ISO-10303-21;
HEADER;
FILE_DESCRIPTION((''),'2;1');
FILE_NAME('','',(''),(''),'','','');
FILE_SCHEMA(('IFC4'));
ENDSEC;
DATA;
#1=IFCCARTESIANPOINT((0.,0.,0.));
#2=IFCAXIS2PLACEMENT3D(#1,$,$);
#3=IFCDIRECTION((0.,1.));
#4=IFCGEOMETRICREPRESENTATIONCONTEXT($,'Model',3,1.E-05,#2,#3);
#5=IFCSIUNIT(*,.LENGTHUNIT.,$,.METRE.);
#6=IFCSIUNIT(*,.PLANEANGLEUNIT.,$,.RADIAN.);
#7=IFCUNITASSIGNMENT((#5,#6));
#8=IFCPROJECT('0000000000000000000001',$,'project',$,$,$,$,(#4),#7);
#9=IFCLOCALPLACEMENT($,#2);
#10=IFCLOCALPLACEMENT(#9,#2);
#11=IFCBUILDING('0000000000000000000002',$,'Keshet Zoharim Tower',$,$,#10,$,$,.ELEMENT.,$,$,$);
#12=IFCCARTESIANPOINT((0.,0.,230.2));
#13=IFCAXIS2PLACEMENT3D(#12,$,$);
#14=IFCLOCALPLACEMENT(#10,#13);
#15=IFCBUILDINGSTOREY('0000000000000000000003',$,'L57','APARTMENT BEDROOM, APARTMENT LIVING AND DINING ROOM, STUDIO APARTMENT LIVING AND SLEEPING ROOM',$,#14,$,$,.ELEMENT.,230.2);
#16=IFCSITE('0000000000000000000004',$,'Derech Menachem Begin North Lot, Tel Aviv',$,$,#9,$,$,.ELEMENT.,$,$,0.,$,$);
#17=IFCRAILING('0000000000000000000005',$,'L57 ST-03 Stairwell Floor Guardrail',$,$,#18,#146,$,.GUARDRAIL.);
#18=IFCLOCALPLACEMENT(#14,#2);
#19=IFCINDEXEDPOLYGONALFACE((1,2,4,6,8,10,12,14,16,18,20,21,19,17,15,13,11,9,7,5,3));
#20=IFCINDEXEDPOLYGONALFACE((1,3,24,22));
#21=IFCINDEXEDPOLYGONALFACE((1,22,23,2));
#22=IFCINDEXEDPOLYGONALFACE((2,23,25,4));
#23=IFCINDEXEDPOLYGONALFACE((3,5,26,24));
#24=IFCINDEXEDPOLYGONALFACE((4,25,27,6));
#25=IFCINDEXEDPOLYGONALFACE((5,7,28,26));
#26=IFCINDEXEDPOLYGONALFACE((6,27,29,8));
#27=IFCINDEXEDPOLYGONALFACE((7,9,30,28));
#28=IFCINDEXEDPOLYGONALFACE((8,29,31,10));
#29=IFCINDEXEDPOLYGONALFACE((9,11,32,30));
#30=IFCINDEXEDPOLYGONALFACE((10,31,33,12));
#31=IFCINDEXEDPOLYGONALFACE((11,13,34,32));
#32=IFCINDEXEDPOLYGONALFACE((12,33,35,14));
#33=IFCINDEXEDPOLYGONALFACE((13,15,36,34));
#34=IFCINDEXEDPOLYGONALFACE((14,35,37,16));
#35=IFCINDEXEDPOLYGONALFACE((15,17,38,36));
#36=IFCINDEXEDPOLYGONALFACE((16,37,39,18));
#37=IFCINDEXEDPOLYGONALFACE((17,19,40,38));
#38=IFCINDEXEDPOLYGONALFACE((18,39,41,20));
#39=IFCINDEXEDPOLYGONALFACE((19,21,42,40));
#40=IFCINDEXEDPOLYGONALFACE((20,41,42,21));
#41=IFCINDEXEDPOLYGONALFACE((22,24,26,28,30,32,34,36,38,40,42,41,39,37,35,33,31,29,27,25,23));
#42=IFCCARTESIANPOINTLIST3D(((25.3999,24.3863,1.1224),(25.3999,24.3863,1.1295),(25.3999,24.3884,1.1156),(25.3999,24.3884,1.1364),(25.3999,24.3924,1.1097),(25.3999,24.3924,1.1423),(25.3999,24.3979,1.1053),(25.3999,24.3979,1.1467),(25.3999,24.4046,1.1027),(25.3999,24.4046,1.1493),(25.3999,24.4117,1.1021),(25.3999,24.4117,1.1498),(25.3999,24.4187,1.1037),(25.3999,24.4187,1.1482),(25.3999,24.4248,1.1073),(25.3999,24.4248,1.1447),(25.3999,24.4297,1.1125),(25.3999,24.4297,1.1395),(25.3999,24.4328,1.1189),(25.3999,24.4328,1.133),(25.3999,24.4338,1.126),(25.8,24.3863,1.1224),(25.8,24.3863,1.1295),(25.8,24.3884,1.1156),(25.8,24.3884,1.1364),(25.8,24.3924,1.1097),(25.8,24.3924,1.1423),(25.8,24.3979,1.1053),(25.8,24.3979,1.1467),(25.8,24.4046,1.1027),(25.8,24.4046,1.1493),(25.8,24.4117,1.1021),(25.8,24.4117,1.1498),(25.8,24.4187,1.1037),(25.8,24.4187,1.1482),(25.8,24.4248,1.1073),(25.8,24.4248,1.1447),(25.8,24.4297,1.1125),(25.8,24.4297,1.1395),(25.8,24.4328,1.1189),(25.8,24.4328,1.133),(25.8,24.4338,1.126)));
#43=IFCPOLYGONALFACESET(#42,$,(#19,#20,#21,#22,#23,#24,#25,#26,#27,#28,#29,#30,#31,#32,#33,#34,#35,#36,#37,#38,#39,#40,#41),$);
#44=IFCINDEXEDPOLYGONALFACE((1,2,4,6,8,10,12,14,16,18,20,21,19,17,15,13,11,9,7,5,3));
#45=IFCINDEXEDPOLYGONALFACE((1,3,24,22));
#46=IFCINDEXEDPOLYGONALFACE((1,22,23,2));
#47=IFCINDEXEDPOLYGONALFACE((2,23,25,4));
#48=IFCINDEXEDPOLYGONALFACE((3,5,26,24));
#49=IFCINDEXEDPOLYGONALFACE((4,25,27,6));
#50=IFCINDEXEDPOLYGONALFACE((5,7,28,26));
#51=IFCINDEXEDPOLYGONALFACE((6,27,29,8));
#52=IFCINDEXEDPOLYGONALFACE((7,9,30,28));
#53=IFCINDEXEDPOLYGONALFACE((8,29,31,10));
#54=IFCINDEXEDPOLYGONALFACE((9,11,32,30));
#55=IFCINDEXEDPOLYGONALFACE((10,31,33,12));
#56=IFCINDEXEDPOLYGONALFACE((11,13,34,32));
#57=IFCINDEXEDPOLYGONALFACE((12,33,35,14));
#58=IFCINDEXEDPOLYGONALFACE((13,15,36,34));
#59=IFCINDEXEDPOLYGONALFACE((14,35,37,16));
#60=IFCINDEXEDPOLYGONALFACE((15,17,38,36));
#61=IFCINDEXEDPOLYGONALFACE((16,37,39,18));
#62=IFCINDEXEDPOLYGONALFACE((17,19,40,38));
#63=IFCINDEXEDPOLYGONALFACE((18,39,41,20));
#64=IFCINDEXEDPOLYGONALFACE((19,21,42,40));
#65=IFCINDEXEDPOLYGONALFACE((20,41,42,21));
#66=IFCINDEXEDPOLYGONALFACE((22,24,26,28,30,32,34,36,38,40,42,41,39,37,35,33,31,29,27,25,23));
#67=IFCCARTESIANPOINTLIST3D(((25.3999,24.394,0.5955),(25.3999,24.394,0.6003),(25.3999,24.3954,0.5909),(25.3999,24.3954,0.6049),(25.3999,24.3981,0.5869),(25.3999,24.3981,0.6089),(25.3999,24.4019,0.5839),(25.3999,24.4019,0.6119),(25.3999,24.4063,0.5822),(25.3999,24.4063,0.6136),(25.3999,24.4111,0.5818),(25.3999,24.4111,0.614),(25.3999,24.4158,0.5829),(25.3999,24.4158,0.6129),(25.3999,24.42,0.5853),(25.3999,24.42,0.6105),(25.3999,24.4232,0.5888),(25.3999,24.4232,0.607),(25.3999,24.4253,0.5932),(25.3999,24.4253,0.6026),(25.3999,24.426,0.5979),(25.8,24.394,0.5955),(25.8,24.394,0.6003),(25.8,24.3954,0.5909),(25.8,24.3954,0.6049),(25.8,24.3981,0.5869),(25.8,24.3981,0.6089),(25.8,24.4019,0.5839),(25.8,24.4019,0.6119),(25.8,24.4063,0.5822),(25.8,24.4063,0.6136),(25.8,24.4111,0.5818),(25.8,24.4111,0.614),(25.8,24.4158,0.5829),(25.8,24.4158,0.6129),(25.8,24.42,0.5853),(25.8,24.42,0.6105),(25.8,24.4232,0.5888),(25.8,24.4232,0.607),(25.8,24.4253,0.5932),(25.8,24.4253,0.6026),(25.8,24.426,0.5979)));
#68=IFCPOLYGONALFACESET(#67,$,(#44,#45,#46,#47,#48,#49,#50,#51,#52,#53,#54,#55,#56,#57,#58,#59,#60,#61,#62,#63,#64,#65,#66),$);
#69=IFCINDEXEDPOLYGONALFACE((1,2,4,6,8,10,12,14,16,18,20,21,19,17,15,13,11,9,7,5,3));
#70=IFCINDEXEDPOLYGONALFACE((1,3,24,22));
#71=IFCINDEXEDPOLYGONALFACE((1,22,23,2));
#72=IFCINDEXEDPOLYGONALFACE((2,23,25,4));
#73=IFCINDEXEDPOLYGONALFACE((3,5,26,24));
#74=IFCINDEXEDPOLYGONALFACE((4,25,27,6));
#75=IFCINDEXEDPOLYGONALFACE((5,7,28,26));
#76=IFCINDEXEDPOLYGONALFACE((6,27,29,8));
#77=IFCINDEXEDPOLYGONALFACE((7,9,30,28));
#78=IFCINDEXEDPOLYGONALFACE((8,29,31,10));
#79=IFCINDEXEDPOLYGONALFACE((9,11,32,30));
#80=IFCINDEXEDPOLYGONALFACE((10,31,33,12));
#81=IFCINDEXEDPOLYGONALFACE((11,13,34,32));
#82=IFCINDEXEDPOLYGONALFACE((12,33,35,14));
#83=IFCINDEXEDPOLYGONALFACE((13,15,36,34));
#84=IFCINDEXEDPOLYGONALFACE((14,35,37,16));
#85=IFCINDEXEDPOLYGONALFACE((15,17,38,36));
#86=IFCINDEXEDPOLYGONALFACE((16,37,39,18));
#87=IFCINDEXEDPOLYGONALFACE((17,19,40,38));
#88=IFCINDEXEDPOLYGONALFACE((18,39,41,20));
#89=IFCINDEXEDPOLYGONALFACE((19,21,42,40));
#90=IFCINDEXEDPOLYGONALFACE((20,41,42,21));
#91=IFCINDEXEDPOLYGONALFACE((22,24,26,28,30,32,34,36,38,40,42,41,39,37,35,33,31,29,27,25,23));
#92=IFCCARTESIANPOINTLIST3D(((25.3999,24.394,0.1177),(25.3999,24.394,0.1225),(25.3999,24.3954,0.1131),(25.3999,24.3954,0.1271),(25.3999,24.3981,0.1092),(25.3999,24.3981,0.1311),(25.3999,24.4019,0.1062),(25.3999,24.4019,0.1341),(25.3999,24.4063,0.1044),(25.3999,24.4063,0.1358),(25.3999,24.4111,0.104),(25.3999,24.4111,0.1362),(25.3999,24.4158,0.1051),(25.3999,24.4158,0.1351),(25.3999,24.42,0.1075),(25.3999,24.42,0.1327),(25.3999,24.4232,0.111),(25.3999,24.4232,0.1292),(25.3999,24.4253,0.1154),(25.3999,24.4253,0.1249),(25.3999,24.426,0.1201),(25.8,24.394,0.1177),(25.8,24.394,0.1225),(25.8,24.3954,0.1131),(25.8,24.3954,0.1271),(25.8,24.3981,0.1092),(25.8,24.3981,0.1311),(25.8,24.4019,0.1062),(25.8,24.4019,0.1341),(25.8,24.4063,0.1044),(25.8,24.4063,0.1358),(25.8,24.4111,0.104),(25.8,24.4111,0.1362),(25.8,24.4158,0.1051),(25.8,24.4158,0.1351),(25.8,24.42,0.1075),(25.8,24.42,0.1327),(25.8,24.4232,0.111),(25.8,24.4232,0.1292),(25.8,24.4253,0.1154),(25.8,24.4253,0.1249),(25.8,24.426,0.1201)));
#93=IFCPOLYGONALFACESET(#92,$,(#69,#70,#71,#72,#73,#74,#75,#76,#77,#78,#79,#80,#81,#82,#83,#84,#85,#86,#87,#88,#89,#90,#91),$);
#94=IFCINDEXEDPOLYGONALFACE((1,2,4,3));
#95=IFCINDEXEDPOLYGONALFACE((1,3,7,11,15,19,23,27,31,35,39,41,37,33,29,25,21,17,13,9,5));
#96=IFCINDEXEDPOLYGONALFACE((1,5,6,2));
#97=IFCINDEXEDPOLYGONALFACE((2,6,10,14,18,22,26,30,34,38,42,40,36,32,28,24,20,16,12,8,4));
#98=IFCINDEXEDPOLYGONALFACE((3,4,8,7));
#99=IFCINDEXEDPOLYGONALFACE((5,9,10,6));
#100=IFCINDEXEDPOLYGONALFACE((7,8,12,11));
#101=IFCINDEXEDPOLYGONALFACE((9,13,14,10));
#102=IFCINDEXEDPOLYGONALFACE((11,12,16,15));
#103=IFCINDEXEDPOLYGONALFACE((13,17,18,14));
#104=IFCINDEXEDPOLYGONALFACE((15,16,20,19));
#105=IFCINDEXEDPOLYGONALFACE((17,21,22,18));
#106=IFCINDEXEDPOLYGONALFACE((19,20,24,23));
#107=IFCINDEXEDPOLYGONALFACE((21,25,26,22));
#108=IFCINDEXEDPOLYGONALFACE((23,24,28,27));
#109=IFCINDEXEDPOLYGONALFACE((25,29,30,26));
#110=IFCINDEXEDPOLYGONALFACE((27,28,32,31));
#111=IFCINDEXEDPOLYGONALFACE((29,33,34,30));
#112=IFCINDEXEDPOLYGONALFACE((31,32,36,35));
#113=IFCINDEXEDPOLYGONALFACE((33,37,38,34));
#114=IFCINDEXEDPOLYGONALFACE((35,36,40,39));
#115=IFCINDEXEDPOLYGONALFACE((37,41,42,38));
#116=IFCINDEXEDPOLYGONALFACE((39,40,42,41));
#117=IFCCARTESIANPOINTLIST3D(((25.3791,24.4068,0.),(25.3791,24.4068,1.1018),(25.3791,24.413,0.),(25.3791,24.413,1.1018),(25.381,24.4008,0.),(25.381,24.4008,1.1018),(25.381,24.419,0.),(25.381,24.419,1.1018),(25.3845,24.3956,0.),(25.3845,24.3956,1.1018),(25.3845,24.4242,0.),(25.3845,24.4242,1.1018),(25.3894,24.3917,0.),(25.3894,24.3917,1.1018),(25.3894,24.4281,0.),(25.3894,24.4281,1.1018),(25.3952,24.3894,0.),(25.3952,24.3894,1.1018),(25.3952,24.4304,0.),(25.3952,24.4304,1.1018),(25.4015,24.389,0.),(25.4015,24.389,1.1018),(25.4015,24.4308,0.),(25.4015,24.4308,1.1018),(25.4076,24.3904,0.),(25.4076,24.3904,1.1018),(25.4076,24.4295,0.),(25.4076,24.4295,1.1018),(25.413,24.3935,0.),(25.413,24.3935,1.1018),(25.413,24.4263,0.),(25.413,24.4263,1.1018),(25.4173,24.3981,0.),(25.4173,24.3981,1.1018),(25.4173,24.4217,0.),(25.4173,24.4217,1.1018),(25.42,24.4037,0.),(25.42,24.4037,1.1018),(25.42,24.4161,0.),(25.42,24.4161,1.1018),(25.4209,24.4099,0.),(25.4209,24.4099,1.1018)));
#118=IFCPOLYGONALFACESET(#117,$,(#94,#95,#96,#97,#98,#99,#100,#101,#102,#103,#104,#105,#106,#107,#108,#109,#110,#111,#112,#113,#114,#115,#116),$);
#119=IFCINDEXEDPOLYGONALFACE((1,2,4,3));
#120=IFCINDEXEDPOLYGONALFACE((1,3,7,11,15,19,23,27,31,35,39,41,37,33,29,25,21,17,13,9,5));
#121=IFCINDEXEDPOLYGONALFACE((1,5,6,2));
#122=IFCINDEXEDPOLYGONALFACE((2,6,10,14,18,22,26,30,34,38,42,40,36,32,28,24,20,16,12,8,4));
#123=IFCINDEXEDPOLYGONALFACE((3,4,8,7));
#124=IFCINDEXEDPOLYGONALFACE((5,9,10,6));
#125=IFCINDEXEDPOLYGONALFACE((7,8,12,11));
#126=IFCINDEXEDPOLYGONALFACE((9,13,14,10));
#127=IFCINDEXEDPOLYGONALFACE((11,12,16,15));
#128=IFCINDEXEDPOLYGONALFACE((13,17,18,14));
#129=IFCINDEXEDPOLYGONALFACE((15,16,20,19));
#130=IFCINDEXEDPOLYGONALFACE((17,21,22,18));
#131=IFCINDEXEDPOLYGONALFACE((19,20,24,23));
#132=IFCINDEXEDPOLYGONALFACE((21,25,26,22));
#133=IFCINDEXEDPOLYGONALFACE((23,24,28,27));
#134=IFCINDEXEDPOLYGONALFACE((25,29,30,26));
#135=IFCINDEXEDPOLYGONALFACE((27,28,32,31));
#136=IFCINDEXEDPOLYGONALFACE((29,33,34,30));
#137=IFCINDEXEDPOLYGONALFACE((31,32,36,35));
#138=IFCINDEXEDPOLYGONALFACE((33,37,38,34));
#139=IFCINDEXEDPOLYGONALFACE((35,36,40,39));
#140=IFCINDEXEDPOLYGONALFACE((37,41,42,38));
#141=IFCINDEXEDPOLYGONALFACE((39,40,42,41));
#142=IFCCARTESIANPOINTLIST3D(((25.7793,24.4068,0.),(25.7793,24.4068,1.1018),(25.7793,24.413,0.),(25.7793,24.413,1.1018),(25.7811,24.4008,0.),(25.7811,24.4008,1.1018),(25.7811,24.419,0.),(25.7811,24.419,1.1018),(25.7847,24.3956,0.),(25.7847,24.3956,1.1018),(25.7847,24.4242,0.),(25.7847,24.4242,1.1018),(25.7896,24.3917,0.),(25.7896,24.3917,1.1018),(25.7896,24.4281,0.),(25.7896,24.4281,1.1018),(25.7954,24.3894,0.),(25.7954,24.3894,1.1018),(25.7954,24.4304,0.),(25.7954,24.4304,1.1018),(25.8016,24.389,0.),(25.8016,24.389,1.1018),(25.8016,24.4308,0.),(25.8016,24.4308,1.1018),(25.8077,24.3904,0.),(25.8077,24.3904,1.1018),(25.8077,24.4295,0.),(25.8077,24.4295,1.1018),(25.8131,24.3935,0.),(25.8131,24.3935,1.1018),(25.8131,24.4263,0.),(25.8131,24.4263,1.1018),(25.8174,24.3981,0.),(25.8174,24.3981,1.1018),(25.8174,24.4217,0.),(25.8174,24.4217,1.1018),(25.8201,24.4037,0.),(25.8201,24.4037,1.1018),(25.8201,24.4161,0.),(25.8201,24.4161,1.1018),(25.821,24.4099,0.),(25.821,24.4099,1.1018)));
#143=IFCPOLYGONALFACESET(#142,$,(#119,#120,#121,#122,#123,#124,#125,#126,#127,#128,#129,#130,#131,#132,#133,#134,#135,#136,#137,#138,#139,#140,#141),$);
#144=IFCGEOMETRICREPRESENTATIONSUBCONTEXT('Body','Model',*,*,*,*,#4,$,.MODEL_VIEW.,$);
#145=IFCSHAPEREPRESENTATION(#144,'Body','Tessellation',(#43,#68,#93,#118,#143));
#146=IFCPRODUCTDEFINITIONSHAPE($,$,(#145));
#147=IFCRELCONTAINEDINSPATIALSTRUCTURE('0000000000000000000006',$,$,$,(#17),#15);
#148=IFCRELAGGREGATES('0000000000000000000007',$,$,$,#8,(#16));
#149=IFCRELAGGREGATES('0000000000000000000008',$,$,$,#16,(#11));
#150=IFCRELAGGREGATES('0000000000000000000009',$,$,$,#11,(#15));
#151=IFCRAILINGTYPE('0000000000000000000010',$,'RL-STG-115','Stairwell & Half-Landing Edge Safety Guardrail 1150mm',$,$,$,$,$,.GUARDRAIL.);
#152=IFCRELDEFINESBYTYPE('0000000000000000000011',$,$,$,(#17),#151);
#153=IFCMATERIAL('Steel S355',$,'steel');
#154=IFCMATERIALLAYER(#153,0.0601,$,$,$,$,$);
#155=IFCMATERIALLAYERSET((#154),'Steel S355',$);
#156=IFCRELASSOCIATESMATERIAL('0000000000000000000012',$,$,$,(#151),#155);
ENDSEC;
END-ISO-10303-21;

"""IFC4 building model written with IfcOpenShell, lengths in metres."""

from ifc_helpers import new_model, si_unit, direction, frame, origin, origin_2d, place, context, subcontext, project, spatial, circle, extrude, material, layer, layer_set, type_object, element, save


model = new_model("IFC4")

# Units and contexts
model_context = context("Model", 3, precision=1e-05, world=origin(), true_north=direction((0.0, 1.0)))
body_context = subcontext(model_context, "Body", "Model", "MODEL_VIEW")
ifc_project = project(units=[si_unit("LENGTHUNIT", "METRE"), si_unit("PLANEANGLEUNIT", "RADIAN")], contexts=[model_context])

# Site, building, storey
site_placement = place(None, origin())
site = spatial("IfcSite", under=ifc_project, at=site_placement, Name="Derech Menachem Begin North Lot, Tel Aviv", CompositionType="ELEMENT", RefElevation=0.0)
building_placement = place(site_placement, origin())
building = spatial("IfcBuilding", under=site, at=building_placement, Name="Keshet Zoharim Tower", CompositionType="ELEMENT")
storey_placement = place(building_placement, frame((0.0, 0.0, 230.2)))
storey = spatial("IfcBuildingStorey", under=building, at=storey_placement, Name="L57", Description="APARTMENT BEDROOM, APARTMENT LIVING AND DINING ROOM, STUDIO APARTMENT LIVING AND SLEEPING ROOM", CompositionType="ELEMENT", Elevation=230.2)

# Railing
ifc_material_1 = material(Name="Steel S355", Category="steel")
ifc_layer_1 = layer(ifc_material_1, 0.0601)
ifc_layer_set_1 = layer_set([ifc_layer_1], Name="Steel S355")
railing_type_1 = type_object("IfcRailingType", Name="RL-STG-115", Description="Stairwell & Half-Landing Edge Safety Guardrail 1150mm", PredefinedType="GUARDRAIL", material=ifc_layer_set_1)
railing_1_placement = place(storey_placement, frame((25.3999, 24.4099, 0.0)))
element("IfcRailing", 1, at=railing_1_placement, inside=storey, type_object=railing_type_1, Name="L57 ST-03 Stairwell Floor Guardrail", PredefinedType="GUARDRAIL", context=body_context, shape_type="SweptSolid", body=[
    extrude(circle(Radius=0.0239, at=origin_2d()), frame((0.0, 0.0, 1.126), z_axis=(1.0, 0.0, 0.0), x_axis=(0.0, 1.0, 0.0)), (0.0, 0.0, 1.0), 0.4001),
    extrude(circle(Radius=0.0161, at=origin_2d()), frame((0.0, 0.0, 0.5979), z_axis=(1.0, 0.0, 0.0), x_axis=(0.0, 1.0, 0.0)), (0.0, 0.0, 1.0), 0.4001),
    extrude(circle(Radius=0.0161, at=origin_2d()), frame((0.0, 0.0, 0.1201), z_axis=(1.0, 0.0, 0.0), x_axis=(0.0, 1.0, 0.0)), (0.0, 0.0, 1.0), 0.4001),
    extrude(circle(Radius=0.021, at=origin_2d()), origin(), (0.0, 0.0, 1.0), 1.1018),
    extrude(circle(Radius=0.021, at=origin_2d()), frame((0.4001, 0.0, 0.0)), (0.0, 0.0, 1.0), 1.1018),
])

save(model, "model.ifc")
